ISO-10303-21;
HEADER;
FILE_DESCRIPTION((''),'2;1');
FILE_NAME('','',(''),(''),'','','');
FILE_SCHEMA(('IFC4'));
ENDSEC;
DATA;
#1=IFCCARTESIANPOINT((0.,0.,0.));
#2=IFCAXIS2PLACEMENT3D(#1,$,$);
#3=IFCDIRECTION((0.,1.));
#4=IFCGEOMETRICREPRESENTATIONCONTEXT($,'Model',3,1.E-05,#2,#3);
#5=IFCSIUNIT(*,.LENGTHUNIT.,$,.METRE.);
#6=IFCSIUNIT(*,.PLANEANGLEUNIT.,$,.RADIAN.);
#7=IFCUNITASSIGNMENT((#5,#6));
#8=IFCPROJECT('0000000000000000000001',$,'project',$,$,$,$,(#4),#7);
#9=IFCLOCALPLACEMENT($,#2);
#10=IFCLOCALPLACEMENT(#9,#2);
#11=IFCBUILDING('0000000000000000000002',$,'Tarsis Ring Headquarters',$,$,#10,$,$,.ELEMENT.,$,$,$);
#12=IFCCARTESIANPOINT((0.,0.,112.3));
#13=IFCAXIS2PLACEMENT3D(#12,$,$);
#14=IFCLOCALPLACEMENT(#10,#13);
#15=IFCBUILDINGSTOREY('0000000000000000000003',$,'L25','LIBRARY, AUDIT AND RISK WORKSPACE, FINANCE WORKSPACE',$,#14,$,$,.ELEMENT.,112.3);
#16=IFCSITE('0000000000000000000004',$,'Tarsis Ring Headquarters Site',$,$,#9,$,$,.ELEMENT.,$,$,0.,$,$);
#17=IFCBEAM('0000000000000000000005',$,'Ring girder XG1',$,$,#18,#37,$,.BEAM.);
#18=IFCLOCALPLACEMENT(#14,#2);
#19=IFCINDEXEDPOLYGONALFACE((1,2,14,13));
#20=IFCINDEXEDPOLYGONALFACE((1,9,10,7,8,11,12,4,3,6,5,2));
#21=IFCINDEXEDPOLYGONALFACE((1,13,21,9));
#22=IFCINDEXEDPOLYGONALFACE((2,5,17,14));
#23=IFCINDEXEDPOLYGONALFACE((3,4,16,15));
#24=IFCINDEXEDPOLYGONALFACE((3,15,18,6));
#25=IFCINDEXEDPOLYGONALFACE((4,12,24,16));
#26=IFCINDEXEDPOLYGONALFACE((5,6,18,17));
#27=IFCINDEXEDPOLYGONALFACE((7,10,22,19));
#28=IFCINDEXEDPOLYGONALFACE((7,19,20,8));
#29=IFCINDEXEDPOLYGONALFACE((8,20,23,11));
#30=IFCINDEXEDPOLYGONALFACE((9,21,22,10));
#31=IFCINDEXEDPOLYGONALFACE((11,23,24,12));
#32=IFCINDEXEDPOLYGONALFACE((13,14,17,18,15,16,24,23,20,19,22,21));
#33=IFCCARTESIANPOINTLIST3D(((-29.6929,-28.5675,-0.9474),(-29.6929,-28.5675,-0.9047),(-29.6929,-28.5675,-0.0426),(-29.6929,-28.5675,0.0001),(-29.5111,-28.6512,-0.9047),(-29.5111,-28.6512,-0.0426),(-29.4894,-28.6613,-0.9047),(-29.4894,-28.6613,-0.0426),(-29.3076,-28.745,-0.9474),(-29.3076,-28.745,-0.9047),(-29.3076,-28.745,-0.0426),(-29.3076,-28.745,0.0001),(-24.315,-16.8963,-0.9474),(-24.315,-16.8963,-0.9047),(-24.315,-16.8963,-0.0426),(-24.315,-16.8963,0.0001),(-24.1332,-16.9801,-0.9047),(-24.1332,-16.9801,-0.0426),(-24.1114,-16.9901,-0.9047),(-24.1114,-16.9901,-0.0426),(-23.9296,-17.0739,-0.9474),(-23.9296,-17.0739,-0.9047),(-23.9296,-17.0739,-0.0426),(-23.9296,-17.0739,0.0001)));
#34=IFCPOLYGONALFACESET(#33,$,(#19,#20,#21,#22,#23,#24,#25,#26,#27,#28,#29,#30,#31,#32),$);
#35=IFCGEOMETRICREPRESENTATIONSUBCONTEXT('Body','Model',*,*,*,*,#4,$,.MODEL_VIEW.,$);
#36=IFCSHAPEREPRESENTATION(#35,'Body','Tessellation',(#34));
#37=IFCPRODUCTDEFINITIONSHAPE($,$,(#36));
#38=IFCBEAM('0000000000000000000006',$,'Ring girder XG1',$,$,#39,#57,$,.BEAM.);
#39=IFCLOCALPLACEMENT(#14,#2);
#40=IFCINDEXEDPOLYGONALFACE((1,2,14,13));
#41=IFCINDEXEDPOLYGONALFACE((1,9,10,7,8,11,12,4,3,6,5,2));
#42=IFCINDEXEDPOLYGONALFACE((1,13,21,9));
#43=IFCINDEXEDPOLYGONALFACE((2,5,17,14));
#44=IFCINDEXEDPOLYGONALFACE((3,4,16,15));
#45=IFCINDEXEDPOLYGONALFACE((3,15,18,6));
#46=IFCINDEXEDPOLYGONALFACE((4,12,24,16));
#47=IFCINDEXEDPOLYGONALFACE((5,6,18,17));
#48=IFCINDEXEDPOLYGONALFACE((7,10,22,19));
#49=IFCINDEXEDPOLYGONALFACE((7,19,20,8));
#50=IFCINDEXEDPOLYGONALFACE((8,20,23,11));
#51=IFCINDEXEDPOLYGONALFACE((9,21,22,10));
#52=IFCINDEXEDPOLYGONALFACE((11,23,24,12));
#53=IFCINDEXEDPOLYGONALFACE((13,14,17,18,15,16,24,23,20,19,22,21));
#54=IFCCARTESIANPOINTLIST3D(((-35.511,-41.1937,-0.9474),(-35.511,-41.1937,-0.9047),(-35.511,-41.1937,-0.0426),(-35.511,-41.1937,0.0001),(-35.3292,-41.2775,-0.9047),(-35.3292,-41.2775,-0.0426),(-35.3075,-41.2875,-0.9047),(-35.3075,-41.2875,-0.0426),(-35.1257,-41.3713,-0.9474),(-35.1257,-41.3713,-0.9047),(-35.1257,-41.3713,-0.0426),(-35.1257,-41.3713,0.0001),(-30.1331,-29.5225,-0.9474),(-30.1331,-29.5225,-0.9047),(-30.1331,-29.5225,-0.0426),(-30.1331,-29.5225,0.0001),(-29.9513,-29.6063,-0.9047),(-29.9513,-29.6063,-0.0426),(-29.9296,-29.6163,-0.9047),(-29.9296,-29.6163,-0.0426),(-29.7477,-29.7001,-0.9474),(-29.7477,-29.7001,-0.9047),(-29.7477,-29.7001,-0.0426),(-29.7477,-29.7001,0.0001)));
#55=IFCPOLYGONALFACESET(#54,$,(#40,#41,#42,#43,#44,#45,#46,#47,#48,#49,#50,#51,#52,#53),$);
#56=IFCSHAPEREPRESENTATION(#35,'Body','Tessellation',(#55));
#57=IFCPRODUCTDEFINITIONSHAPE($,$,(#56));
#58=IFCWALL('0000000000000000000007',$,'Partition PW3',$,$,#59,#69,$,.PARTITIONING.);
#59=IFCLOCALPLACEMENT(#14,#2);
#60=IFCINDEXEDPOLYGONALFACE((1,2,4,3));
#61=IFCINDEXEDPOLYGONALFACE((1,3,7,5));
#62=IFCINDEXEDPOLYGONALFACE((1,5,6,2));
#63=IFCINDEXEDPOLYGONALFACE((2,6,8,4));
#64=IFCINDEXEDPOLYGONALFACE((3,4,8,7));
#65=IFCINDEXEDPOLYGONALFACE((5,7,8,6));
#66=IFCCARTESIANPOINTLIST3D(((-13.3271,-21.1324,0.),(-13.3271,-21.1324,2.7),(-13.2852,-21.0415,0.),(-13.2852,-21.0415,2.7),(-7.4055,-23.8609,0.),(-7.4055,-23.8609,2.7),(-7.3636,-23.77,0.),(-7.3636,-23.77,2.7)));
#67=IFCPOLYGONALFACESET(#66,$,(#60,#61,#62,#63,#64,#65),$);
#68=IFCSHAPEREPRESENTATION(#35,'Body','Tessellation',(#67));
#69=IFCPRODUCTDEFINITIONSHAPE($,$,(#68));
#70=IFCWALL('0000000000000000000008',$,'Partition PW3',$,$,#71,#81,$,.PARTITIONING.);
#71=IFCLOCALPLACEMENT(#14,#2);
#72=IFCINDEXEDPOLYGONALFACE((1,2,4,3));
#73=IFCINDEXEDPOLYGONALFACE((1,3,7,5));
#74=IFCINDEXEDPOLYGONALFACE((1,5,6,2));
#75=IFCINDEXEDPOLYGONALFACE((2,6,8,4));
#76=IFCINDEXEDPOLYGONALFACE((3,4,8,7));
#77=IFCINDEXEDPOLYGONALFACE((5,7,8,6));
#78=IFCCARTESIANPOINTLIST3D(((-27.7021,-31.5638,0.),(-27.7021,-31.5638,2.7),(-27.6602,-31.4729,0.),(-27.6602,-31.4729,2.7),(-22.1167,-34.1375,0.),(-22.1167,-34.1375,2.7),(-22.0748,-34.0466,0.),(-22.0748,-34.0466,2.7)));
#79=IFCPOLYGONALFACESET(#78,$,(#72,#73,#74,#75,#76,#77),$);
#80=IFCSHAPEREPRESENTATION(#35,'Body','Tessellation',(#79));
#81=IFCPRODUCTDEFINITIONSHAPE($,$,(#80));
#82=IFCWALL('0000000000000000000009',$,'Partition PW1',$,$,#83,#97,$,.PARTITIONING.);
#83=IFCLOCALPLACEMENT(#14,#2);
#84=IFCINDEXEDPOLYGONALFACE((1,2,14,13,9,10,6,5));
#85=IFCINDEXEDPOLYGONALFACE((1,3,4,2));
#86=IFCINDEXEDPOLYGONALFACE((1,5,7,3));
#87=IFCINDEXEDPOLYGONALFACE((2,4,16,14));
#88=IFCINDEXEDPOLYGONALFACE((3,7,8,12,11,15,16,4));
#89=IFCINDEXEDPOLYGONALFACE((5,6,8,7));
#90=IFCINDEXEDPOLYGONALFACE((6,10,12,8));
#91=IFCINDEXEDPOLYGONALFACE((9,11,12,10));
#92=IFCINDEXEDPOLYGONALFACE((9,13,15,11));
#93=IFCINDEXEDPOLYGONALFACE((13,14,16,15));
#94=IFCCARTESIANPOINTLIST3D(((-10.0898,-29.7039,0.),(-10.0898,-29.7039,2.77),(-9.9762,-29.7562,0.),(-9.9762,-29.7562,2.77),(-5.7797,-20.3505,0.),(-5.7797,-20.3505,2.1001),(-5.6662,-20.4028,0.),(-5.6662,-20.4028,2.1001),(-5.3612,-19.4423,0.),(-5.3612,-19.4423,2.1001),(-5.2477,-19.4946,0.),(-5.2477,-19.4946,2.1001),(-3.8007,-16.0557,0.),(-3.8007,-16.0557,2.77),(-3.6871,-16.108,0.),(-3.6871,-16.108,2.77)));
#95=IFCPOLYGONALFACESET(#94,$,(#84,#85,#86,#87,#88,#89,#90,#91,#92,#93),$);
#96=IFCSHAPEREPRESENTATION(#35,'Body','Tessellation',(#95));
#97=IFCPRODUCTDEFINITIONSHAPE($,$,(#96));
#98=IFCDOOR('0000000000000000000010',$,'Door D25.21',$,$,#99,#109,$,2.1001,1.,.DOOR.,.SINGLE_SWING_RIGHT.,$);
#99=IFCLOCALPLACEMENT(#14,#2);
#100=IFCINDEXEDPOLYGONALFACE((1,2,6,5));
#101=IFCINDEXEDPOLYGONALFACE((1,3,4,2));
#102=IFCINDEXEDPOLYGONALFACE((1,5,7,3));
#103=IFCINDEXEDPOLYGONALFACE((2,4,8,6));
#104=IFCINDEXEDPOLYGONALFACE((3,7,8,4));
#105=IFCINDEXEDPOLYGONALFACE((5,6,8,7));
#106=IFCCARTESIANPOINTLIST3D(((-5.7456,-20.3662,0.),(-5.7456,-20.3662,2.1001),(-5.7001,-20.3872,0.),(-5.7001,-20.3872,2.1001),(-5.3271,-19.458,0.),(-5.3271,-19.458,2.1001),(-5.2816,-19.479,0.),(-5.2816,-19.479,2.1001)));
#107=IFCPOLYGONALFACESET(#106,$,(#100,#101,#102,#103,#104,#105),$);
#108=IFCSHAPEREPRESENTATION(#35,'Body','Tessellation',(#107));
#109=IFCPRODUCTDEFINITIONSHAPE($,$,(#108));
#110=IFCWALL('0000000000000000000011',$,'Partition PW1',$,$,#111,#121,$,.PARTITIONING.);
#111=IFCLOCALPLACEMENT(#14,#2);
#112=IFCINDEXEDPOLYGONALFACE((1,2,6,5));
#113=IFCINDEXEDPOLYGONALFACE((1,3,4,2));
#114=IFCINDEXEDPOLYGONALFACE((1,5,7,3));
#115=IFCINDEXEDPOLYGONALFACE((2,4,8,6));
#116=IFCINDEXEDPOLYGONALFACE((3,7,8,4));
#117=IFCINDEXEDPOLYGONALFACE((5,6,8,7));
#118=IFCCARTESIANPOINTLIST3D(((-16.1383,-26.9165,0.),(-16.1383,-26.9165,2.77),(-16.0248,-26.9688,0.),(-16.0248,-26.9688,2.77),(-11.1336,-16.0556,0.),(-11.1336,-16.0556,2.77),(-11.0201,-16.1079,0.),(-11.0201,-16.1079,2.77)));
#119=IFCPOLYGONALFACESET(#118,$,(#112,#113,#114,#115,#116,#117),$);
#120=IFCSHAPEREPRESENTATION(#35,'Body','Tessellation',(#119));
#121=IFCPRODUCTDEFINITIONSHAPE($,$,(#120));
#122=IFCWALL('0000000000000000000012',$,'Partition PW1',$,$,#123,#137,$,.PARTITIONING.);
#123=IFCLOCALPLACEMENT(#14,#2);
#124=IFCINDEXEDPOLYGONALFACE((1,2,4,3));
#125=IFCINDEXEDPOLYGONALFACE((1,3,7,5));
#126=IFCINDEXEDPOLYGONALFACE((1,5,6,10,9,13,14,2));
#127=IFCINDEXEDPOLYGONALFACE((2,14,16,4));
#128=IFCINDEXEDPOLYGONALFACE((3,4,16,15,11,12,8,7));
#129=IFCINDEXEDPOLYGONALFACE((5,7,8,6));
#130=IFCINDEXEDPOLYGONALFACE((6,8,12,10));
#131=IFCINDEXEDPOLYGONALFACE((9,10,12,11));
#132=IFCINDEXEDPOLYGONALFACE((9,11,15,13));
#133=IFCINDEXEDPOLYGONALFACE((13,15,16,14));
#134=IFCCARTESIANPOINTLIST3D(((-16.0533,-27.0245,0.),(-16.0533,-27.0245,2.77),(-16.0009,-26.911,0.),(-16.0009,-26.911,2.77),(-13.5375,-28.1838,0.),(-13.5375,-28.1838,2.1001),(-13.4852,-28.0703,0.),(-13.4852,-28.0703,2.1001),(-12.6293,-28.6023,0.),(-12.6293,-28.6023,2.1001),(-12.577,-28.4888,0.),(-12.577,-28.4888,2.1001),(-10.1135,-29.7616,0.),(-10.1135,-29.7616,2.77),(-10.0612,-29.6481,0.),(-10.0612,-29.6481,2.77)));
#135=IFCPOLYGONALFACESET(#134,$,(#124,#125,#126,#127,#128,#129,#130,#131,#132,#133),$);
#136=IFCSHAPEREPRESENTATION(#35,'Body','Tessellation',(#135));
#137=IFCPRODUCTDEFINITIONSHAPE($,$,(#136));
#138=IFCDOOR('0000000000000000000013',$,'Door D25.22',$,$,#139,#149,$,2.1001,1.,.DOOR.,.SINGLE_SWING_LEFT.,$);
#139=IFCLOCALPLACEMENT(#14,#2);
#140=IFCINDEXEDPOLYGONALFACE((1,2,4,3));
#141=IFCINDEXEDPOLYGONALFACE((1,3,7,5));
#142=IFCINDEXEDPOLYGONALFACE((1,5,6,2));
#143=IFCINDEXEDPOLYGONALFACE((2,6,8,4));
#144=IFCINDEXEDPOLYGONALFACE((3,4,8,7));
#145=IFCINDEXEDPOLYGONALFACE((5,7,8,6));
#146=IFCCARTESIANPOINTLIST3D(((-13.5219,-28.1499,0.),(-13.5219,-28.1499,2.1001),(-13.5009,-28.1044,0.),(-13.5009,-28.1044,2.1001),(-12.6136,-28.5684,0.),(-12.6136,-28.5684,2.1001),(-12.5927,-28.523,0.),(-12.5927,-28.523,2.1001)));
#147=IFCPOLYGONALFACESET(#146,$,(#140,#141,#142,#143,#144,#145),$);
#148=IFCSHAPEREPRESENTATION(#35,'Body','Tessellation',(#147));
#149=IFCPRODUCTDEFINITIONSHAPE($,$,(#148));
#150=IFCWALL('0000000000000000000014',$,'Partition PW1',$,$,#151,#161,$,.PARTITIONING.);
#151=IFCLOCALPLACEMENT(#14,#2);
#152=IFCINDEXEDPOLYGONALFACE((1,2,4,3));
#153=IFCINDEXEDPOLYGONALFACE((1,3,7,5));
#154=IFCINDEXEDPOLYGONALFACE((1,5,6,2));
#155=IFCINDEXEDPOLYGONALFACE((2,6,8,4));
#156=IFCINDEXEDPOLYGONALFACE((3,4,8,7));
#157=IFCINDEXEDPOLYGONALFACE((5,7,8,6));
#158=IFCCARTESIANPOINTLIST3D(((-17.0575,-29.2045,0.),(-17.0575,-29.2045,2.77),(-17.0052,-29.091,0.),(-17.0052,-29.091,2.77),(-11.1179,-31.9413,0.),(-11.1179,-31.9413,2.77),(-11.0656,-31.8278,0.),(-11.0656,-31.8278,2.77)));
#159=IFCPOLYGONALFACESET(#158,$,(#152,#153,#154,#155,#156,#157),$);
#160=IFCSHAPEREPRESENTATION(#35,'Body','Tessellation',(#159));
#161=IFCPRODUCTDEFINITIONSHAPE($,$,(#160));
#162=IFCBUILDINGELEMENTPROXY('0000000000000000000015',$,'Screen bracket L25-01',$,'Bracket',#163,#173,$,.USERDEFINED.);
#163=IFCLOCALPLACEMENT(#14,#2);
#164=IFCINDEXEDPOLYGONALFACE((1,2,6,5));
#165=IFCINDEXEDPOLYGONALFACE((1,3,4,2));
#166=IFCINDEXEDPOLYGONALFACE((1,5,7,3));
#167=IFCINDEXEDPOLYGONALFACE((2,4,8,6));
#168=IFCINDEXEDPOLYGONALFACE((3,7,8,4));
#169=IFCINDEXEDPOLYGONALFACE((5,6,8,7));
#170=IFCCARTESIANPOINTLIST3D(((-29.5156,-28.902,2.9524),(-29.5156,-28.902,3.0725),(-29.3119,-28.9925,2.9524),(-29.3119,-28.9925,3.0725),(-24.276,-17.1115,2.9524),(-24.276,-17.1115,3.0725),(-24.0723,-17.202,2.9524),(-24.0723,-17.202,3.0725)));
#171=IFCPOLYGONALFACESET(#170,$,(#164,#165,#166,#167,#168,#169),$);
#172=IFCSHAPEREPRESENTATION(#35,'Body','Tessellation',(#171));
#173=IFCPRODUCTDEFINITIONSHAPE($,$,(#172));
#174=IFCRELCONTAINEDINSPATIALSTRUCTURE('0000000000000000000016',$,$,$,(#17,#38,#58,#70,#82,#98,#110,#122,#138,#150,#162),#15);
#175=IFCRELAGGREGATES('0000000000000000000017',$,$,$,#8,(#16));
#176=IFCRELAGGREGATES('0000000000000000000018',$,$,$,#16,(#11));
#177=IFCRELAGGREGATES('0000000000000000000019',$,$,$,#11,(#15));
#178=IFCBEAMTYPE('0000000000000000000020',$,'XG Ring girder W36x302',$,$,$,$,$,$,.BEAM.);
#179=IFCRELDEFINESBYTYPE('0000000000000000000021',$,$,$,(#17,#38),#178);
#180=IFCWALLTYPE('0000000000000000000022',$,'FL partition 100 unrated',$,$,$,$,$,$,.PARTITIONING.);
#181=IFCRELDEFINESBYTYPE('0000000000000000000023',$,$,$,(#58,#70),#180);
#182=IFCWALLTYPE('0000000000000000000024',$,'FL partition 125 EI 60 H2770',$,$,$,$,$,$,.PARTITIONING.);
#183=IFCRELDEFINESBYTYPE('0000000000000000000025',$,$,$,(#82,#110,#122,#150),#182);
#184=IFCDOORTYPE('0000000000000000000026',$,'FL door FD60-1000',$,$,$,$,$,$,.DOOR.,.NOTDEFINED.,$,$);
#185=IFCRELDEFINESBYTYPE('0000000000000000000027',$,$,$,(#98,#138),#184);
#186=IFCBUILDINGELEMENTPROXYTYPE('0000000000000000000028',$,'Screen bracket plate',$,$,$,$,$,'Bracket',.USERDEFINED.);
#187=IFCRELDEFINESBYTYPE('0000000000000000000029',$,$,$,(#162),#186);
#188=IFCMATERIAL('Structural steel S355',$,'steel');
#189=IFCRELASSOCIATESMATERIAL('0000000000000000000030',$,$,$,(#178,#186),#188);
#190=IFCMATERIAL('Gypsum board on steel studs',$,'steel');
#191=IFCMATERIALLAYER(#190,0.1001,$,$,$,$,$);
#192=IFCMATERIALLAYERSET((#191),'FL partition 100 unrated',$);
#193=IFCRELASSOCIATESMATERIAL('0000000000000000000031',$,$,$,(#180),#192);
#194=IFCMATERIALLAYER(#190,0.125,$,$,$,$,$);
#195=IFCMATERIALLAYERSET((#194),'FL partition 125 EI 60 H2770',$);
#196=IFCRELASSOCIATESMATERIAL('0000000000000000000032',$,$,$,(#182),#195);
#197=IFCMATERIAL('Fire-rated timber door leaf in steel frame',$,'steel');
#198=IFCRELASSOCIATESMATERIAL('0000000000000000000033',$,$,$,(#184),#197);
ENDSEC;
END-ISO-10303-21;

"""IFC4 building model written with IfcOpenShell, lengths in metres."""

from ifc_helpers import new_model, si_unit, direction, frame, frame_2d, origin, origin_2d, place, context, subcontext, project, spatial, rectangle, i_section, extrude, material, layer, layer_set, material_profile, profile_set, type_object, element, fill, save


model = new_model("IFC4")

# Units and contexts
model_context = context("Model", 3, precision=1e-05, world=origin(), true_north=direction((0.0, 1.0)))
body_context = subcontext(model_context, "Body", "Model", "MODEL_VIEW")
ifc_project = project(units=[si_unit("LENGTHUNIT", "METRE"), si_unit("PLANEANGLEUNIT", "RADIAN")], contexts=[model_context])

# Site, building, storey
site_placement = place(None, origin())
site = spatial("IfcSite", under=ifc_project, at=site_placement, Name="Tarsis Ring Headquarters Site", CompositionType="ELEMENT", RefElevation=0.0)
building_placement = place(site_placement, origin())
building = spatial("IfcBuilding", under=site, at=building_placement, Name="Tarsis Ring Headquarters", CompositionType="ELEMENT")
storey_placement = place(building_placement, frame((0.0, 0.0, 112.3)))
storey = spatial("IfcBuildingStorey", under=building, at=storey_placement, Name="L25", Description="LIBRARY, AUDIT AND RISK WORKSPACE, FINANCE WORKSPACE", CompositionType="ELEMENT", Elevation=112.3)

# Shared definitions
ifc_material_1 = material(Name="Structural steel S355", Category="steel")

# Beams
ifc_material_profile_1 = material_profile(ifc_material_1, i_section(OverallWidth=0.4243, OverallDepth=0.9475, WebThickness=0.0239, FlangeThickness=0.0427, at=origin_2d()), Name="W36x302")
ifc_profile_set_1 = profile_set([ifc_material_profile_1], Name="Structural steel S355")
beam_type_1 = type_object("IfcBeamType", Name="XG Ring girder W36x302", PredefinedType="BEAM", material=ifc_profile_set_1)
for number, where, z_axis, x_axis, name in (
    (1, (-24.1223, -16.9851, -0.4736), (-0.418497, -0.908218, 0.0), (0.908218, -0.418497, 0.0), "Ring girder XG1"),
    (2, (-29.9404, -29.6113, -0.4736), (-0.418497, -0.908218, 0.0), (0.908218, -0.418497, 0.0), "Ring girder XG1"),
):
    element("IfcBeam", number, at=place(storey_placement, frame(where, z_axis=z_axis, x_axis=x_axis)), inside=storey, type_object=beam_type_1, Name=name, PredefinedType="BEAM", context=body_context, shape_type="SweptSolid", body=[
        extrude(i_section(OverallWidth=0.4243, OverallDepth=0.9475, WebThickness=0.0239, FlangeThickness=0.0427, at=origin_2d()), origin(), (0.0, 0.0, 1.0), 12.8506),
    ])

# Walls
ifc_material_2 = material(Name="Gypsum board on steel studs", Category="steel")
ifc_layer_1 = layer(ifc_material_2, 0.1001)
ifc_layer_set_1 = layer_set([ifc_layer_1], Name="FL partition 100 unrated")
wall_type_1 = type_object("IfcWallType", Name="FL partition 100 unrated", PredefinedType="PARTITIONING", material=ifc_layer_set_1)
wall_1_placement = place(storey_placement, frame((-13.3062, -21.0869, 0.0), z_axis=(0.0, 0.0, 1.0), x_axis=(0.908224, -0.418483, 0.0)))
element("IfcWall", 3, at=wall_1_placement, inside=storey, type_object=wall_type_1, Name="Partition PW3", PredefinedType="PARTITIONING", context=body_context, shape_type="SweptSolid", body=[
    extrude(rectangle(XDim=6.52, YDim=0.1001, at=frame_2d((3.26, 0.0))), origin(), (0.0, 0.0, 1.0), 2.7),
])
wall_2_placement = place(storey_placement, frame((-27.6812, -31.5183, 0.0), z_axis=(0.0, 0.0, 1.0), x_axis=(0.908217, -0.418499, 0.0)))
element("IfcWall", 4, at=wall_2_placement, inside=storey, type_object=wall_type_1, Name="Partition PW3", PredefinedType="PARTITIONING", context=body_context, shape_type="SweptSolid", body=[
    extrude(rectangle(XDim=6.1499, YDim=0.1001, at=frame_2d((3.075, 0.0))), origin(), (0.0, 0.0, 1.0), 2.7),
])

# Wall, opening, door
ifc_layer_2 = layer(ifc_material_2, 0.125)
ifc_layer_set_2 = layer_set([ifc_layer_2], Name="FL partition 125 EI 60 H2770")
wall_type_2 = type_object("IfcWallType", Name="FL partition 125 EI 60 H2770", PredefinedType="PARTITIONING", material=ifc_layer_set_2)
wall_3_placement = place(storey_placement, frame((-10.033, -29.73, 0.0), z_axis=(0.0, 0.0, 1.0), x_axis=(0.418504, 0.908215, 0.0)))
wall_3 = element("IfcWall", 5, at=wall_3_placement, inside=storey, type_object=wall_type_2, Name="Partition PW1", PredefinedType="PARTITIONING", context=body_context, shape_type="SweptSolid", body=[
    extrude(rectangle(XDim=15.0276, YDim=0.125, at=frame_2d((7.5137, 0.0))), origin(), (0.0, 0.0, 1.0), 2.77),
])
opening_1_placement = place(wall_3_placement, frame((10.2986, 0.0, 0.0)))
opening_1 = element("IfcOpeningElement", 6, at=opening_1_placement, cuts=wall_3, PredefinedType="OPENING", context=body_context, shape_type="SweptSolid", body=[
    extrude(rectangle(XDim=1.0, YDim=2.1001, at=frame_2d((0.5, 1.05))), frame((0.0, 0.0725, 0.0), z_axis=(0.0, -1.0, 0.0), x_axis=(1.0, 0.0, 0.0)), (0.0, 0.0, 1.0), 0.145),
])
ifc_material_3 = material(Name="Fire-rated timber door leaf in steel frame", Category="steel")
door_type = type_object("IfcDoorType", Name="FL door FD60-1000", OperationType="NOTDEFINED", PredefinedType="DOOR", material=ifc_material_3)
door_1_placement = place(opening_1_placement, origin())
door_1 = element("IfcDoor", 7, at=door_1_placement, inside=storey, type_object=door_type, Name="Door D25.21", OperationType="SINGLE_SWING_RIGHT", OverallHeight=2.1001, OverallWidth=1.0, PredefinedType="DOOR", context=body_context, shape_type="SweptSolid", body=[
    extrude(rectangle(XDim=1.0, YDim=2.1001, at=frame_2d((0.5, 1.05))), frame((0.0, 0.0249, 0.0), z_axis=(0.0, -1.0, 0.0), x_axis=(1.0, 0.0, 0.0)), (0.0, 0.0, 1.0), 0.05),
])
fill(opening_1, door_1)

# Wall
wall_4_placement = place(storey_placement, frame((-16.0815, -26.9426, 0.0), z_axis=(0.0, 0.0, 1.0), x_axis=(0.418503, 0.908216, 0.0)))
element("IfcWall", 8, at=wall_4_placement, inside=storey, type_object=wall_type_2, Name="Partition PW1", PredefinedType="PARTITIONING", context=body_context, shape_type="SweptSolid", body=[
    extrude(rectangle(XDim=11.9585, YDim=0.125, at=frame_2d((5.9792, 0.0))), origin(), (0.0, 0.0, 1.0), 2.77),
])

# Wall, opening, door
wall_5_placement = place(storey_placement, frame((-16.0271, -26.9678, 0.0), z_axis=(0.0, 0.0, 1.0), x_axis=(0.908212, -0.418511, 0.0)))
wall_5 = element("IfcWall", 9, at=wall_5_placement, inside=storey, type_object=wall_type_2, Name="Partition PW1", PredefinedType="PARTITIONING", context=body_context, shape_type="SweptSolid", body=[
    extrude(rectangle(XDim=6.54, YDim=0.125, at=frame_2d((3.27, 0.0))), origin(), (0.0, 0.0, 1.0), 2.77),
])
opening_2_placement = place(wall_5_placement, frame((2.77, 0.0, 0.0)))
opening_2 = element("IfcOpeningElement", 10, at=opening_2_placement, cuts=wall_5, PredefinedType="OPENING", context=body_context, shape_type="SweptSolid", body=[
    extrude(rectangle(XDim=1.0, YDim=2.1001, at=frame_2d((0.5, 1.05))), frame((0.0, 0.0725, 0.0), z_axis=(0.0, -1.0, 0.0), x_axis=(1.0, 0.0, 0.0)), (0.0, 0.0, 1.0), 0.145),
])
door_2_placement = place(opening_2_placement, origin())
door_2 = element("IfcDoor", 11, at=door_2_placement, inside=storey, type_object=door_type, Name="Door D25.22", OperationType="SINGLE_SWING_LEFT", OverallHeight=2.1001, OverallWidth=1.0, PredefinedType="DOOR", context=body_context, shape_type="SweptSolid", body=[
    extrude(rectangle(XDim=1.0, YDim=2.1001, at=frame_2d((0.5, 1.05))), frame((0.0, 0.0249, 0.0), z_axis=(0.0, -1.0, 0.0), x_axis=(1.0, 0.0, 0.0)), (0.0, 0.0, 1.0), 0.05),
])
fill(opening_2, door_2)

# Wall
wall_6_placement = place(storey_placement, frame((-17.0315, -29.1477, 0.0), z_axis=(0.0, 0.0, 1.0), x_axis=(0.908226, -0.41848, 0.0)))
element("IfcWall", 12, at=wall_6_placement, inside=storey, type_object=wall_type_2, Name="Partition PW1", PredefinedType="PARTITIONING", context=body_context, shape_type="SweptSolid", body=[
    extrude(rectangle(XDim=6.5398, YDim=0.125, at=frame_2d((3.27, 0.0))), origin(), (0.0, 0.0, 1.0), 2.77),
])

# Building element proxy
building_element_proxy_type = type_object("IfcBuildingElementProxyType", Name="Screen bracket plate", ElementType="Bracket", PredefinedType="USERDEFINED", material=ifc_material_1)
proxy_placement = place(storey_placement, frame((-26.7939, -23.052, 2.9524), z_axis=(0.0, 0.0, 1.0), x_axis=(-0.406099, -0.913829, 0.0)))
element("IfcBuildingElementProxy", 13, at=proxy_placement, inside=storey, type_object=building_element_proxy_type, Name="Screen bracket L25-01", ObjectType="Bracket", PredefinedType="USERDEFINED", context=body_context, shape_type="SweptSolid", body=[
    extrude(rectangle(XDim=12.9023, YDim=0.2229, at=origin_2d()), origin(), (0.0, 0.0, 1.0), 0.1201),
])

save(model, "model.ifc")
